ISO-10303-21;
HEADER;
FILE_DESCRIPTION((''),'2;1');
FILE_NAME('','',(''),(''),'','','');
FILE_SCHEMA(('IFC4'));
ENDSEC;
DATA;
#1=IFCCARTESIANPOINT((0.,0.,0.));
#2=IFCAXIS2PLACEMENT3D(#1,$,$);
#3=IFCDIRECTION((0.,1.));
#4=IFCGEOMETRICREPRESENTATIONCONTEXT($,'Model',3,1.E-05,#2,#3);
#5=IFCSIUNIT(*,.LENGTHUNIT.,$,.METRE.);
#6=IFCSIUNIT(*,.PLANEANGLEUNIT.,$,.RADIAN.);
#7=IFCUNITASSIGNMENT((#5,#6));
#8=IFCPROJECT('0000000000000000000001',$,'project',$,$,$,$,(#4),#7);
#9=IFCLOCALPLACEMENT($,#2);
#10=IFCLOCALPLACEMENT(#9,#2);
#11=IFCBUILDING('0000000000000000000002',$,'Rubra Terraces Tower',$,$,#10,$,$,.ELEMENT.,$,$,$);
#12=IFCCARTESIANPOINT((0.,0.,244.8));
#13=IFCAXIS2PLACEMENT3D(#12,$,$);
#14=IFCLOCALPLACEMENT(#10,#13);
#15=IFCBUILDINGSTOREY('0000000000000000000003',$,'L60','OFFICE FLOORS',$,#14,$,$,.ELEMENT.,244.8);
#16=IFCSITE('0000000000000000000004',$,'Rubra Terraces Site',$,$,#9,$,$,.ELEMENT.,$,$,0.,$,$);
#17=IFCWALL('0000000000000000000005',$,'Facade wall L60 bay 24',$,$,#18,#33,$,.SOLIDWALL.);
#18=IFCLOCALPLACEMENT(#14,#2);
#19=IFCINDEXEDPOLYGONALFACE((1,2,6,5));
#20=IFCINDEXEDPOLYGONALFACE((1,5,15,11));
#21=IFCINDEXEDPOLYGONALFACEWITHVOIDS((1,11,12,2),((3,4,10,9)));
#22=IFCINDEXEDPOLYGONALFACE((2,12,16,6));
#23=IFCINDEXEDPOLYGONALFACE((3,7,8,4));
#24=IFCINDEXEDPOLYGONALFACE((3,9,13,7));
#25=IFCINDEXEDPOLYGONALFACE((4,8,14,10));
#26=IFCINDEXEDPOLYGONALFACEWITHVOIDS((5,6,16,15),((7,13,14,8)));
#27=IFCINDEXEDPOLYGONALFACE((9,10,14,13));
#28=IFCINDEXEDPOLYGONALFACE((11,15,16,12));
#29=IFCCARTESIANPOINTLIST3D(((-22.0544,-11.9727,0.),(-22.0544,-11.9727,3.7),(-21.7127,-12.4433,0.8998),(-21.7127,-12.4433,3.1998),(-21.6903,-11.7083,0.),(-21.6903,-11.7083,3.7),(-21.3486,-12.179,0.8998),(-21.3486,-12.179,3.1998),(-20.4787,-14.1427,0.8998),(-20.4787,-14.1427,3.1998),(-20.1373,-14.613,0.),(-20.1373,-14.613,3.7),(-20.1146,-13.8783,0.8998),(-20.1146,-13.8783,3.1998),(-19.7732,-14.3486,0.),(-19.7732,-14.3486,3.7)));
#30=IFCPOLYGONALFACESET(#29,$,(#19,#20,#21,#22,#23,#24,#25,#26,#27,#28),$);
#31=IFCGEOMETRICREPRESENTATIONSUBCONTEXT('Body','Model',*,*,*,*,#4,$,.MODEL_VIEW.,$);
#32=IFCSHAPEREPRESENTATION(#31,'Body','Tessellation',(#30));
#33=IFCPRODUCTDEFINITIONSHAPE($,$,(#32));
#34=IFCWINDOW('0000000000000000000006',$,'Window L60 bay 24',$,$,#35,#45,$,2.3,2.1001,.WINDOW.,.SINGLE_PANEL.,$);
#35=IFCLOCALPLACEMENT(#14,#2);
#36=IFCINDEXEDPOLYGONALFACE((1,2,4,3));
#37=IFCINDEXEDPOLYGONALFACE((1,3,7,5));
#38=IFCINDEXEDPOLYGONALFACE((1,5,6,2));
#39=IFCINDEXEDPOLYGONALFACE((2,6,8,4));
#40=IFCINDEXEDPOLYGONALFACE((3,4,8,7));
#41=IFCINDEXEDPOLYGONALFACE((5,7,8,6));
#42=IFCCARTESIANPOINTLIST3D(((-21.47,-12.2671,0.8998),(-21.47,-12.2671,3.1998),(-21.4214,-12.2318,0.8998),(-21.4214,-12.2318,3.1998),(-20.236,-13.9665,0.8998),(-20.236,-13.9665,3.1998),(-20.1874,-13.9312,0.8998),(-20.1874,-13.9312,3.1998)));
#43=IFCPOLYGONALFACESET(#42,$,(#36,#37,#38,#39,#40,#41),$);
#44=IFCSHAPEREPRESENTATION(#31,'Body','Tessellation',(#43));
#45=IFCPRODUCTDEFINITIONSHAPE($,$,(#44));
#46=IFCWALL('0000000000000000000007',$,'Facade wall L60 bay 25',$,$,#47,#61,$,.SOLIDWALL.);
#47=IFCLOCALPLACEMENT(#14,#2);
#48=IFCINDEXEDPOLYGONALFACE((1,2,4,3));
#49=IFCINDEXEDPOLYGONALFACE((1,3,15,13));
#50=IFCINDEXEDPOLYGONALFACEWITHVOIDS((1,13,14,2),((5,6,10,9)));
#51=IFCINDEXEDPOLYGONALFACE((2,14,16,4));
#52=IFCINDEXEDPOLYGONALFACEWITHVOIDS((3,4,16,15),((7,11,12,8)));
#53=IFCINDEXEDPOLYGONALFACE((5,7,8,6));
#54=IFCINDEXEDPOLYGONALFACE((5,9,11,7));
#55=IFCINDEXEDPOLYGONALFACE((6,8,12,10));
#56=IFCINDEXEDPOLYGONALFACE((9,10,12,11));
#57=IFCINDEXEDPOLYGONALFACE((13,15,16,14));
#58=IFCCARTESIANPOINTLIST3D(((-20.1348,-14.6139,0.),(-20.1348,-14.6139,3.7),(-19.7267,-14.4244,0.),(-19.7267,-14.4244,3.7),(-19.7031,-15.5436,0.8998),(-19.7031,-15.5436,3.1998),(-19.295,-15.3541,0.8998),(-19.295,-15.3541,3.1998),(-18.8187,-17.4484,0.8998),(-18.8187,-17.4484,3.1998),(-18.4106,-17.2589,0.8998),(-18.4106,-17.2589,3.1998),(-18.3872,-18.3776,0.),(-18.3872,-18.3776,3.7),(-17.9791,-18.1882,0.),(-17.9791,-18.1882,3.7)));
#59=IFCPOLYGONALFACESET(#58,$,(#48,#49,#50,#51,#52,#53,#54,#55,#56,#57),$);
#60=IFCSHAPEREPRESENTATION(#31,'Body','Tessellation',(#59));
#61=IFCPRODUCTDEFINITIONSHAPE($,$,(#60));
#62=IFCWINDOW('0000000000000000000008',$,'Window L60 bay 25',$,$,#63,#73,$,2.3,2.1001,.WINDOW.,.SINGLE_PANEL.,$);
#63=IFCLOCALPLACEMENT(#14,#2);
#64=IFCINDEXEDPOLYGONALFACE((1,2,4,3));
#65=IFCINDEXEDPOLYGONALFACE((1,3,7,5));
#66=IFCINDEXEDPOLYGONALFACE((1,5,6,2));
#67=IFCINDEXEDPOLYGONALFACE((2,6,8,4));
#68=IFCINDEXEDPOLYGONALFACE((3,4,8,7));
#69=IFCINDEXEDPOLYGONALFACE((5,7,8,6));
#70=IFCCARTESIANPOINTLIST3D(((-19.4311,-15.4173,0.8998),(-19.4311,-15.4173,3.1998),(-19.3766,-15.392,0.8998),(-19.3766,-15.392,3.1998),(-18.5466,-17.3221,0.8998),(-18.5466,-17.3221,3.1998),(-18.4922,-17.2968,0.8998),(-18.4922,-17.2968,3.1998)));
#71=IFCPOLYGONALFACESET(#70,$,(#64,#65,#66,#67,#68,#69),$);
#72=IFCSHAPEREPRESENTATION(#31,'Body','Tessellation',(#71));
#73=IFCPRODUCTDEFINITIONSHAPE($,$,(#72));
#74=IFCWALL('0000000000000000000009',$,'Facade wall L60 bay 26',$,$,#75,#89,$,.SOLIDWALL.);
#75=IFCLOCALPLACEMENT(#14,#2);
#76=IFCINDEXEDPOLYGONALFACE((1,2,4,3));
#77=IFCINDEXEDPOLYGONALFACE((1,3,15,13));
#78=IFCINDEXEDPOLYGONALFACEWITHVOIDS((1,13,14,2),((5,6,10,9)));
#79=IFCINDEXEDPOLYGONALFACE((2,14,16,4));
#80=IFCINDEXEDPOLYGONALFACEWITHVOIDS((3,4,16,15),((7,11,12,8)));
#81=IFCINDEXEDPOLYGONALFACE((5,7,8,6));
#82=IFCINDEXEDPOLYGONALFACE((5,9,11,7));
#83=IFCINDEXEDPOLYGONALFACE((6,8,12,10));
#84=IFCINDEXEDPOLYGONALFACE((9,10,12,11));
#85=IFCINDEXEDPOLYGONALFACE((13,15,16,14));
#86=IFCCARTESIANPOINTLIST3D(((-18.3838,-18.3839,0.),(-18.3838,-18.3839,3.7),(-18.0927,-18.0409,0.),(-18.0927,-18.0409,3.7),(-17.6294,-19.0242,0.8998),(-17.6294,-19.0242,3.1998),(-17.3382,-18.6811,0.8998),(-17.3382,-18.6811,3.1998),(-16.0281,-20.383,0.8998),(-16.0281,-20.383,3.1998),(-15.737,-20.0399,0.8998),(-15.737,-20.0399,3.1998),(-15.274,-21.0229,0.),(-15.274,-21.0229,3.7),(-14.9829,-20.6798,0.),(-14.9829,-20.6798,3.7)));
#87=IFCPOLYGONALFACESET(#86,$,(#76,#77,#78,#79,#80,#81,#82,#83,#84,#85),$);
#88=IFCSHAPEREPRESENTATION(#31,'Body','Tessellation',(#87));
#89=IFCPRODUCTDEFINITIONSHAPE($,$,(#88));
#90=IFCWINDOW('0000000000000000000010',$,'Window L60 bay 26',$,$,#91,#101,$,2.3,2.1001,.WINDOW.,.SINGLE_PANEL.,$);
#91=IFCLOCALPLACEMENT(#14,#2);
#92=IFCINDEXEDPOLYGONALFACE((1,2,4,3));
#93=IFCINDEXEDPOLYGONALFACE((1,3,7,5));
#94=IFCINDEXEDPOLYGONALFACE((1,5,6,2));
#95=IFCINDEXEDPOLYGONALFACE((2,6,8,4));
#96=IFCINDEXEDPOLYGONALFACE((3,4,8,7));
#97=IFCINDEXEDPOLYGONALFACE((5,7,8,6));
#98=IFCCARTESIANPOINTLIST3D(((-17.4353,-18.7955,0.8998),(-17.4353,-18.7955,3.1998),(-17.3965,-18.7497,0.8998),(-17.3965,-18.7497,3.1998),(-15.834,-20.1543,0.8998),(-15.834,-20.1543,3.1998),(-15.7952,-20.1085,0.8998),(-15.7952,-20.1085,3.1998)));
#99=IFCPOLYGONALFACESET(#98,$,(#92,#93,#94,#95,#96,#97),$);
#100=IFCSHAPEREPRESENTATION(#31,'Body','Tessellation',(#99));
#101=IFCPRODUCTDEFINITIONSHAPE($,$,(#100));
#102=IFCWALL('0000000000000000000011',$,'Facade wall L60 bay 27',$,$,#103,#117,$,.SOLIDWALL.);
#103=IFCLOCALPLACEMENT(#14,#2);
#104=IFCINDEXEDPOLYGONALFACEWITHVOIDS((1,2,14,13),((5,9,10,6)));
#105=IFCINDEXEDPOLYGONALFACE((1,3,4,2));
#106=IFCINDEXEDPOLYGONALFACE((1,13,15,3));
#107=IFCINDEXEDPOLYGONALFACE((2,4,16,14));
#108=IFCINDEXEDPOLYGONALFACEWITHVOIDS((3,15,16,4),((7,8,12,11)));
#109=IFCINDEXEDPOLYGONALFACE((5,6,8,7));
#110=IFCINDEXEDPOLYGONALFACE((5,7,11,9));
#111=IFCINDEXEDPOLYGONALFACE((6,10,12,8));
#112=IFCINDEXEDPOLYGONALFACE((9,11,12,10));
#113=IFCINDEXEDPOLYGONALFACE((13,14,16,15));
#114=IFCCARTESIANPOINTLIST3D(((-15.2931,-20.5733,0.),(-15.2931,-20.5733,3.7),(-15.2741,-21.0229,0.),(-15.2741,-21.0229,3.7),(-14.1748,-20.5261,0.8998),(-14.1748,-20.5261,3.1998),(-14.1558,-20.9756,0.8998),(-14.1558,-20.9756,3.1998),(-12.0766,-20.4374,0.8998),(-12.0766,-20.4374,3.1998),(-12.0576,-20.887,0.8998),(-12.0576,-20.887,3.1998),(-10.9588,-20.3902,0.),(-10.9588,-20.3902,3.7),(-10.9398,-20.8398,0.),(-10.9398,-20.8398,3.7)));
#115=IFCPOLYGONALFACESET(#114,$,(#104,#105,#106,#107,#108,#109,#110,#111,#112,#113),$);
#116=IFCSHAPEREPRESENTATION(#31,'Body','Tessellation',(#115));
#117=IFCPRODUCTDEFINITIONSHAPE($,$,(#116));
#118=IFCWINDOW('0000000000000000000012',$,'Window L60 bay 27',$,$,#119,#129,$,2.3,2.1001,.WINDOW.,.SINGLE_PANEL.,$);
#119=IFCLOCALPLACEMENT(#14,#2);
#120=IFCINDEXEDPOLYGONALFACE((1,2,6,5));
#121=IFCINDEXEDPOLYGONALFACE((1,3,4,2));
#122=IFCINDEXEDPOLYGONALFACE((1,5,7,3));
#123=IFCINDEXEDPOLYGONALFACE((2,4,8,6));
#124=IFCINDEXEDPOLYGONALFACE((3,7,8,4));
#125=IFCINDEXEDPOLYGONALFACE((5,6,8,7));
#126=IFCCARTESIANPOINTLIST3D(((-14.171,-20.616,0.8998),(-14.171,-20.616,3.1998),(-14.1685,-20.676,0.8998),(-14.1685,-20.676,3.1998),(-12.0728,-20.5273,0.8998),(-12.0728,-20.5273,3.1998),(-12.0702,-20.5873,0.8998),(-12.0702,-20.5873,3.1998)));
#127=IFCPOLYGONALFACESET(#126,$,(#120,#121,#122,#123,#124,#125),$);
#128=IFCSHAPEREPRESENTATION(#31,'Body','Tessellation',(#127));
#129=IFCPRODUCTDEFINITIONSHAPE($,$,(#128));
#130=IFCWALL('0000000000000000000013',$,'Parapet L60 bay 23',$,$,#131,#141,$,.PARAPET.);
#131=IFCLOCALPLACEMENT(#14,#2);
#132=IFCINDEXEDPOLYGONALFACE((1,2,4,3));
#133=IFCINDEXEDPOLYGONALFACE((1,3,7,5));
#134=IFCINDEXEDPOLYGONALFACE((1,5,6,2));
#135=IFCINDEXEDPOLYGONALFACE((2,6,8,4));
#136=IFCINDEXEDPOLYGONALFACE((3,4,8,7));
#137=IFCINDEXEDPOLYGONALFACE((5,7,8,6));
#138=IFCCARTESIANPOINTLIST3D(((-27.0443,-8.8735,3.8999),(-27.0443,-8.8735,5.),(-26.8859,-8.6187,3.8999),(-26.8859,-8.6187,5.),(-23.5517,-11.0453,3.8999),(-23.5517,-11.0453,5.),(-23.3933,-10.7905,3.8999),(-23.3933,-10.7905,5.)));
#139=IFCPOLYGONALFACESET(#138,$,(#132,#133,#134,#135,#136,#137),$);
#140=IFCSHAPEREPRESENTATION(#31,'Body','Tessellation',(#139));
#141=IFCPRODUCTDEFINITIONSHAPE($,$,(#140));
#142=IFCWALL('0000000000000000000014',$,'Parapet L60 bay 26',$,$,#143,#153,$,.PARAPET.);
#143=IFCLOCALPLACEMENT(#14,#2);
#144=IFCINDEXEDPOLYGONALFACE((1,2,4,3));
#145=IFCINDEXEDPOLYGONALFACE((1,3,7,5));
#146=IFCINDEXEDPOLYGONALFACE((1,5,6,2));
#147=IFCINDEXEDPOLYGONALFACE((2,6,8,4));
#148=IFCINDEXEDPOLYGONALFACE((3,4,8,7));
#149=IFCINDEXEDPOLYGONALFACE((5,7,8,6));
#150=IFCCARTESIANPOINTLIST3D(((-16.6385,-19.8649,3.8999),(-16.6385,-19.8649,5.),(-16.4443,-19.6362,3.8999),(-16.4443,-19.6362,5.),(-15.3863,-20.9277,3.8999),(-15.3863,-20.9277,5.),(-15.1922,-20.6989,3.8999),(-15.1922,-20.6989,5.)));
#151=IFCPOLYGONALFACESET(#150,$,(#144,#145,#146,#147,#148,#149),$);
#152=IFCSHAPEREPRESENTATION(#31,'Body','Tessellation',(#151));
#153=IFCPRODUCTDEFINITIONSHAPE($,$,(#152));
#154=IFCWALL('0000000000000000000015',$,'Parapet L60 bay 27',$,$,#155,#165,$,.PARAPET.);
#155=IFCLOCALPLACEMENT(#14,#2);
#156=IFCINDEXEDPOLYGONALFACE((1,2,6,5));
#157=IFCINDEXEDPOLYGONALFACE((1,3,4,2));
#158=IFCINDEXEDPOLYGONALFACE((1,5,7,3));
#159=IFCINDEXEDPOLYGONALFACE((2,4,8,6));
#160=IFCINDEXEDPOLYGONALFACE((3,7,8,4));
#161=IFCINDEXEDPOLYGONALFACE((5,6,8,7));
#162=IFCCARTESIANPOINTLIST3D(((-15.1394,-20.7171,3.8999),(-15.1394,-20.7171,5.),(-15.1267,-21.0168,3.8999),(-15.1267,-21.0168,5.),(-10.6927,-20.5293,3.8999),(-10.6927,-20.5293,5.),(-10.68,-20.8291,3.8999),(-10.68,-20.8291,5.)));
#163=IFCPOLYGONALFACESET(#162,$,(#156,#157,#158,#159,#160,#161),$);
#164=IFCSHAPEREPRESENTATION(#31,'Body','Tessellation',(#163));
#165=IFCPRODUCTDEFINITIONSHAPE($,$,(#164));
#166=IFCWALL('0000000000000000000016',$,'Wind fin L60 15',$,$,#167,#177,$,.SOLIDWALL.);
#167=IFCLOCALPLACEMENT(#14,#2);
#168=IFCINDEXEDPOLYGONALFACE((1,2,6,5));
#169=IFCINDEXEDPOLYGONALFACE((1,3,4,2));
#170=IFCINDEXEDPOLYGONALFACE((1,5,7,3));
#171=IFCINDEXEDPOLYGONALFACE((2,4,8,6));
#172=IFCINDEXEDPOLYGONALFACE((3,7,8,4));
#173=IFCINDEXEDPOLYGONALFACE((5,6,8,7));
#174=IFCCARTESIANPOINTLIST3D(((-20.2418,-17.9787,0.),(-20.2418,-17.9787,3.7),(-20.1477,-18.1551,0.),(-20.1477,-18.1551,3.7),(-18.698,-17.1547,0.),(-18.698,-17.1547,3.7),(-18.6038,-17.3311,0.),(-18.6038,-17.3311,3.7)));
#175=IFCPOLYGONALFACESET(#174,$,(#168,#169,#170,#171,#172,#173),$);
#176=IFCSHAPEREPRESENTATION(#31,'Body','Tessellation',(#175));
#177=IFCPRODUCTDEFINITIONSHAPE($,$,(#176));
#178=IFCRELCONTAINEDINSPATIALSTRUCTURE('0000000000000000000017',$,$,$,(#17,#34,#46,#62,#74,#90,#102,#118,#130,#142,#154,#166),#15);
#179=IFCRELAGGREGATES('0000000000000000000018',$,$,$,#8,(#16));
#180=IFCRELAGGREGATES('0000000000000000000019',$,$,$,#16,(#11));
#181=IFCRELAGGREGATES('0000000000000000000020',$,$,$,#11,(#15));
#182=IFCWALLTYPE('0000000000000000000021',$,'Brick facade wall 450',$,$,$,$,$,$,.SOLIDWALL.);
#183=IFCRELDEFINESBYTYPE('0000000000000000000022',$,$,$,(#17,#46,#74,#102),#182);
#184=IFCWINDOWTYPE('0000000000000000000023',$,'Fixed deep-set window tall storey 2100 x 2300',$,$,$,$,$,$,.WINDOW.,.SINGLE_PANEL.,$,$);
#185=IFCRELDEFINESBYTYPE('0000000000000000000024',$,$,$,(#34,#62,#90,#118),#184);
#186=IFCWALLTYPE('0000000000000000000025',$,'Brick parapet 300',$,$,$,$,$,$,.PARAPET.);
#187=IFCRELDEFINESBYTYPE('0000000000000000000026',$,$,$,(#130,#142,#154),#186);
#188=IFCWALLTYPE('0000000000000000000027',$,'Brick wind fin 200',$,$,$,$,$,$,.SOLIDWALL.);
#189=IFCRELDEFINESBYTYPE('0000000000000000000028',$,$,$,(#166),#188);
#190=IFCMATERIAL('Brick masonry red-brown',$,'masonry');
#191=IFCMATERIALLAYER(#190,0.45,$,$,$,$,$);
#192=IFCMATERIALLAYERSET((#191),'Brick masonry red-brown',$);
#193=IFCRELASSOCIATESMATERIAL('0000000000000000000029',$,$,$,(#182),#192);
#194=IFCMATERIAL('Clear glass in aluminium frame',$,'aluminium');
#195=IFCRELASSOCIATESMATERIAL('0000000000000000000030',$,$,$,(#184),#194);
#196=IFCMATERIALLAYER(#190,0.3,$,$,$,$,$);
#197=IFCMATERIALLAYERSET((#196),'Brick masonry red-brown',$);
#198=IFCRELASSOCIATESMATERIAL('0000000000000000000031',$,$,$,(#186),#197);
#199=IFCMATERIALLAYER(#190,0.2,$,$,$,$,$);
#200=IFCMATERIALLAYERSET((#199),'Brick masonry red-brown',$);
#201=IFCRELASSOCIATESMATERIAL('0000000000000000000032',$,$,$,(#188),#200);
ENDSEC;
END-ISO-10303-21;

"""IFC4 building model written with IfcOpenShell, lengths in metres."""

from ifc_helpers import new_model, si_unit, direction, frame, frame_2d, origin, place, context, subcontext, project, spatial, rectangle, extrude, material, layer, layer_set, type_object, element, fill, save


model = new_model("IFC4")

# Units and contexts
model_context = context("Model", 3, precision=1e-05, world=origin(), true_north=direction((0.0, 1.0)))
body_context = subcontext(model_context, "Body", "Model", "MODEL_VIEW")
ifc_project = project(units=[si_unit("LENGTHUNIT", "METRE"), si_unit("PLANEANGLEUNIT", "RADIAN")], contexts=[model_context])

# Site, building, storey
site_placement = place(None, origin())
site = spatial("IfcSite", under=ifc_project, at=site_placement, Name="Rubra Terraces Site", CompositionType="ELEMENT", RefElevation=0.0)
building_placement = place(site_placement, origin())
building = spatial("IfcBuilding", under=site, at=building_placement, Name="Rubra Terraces Tower", CompositionType="ELEMENT")
storey_placement = place(building_placement, frame((0.0, 0.0, 244.8)))
storey = spatial("IfcBuildingStorey", under=building, at=storey_placement, Name="L60", Description="OFFICE FLOORS", CompositionType="ELEMENT", Elevation=244.8)

# Walls, openings, windows
ifc_material_1 = material(Name="Brick masonry red-brown", Category="masonry")
ifc_layer_1 = layer(ifc_material_1, 0.45)
ifc_layer_set_1 = layer_set([ifc_layer_1], Name="Brick masonry red-brown")
wall_type_1 = type_object("IfcWallType", Name="Brick facade wall 450", PredefinedType="SOLIDWALL", material=ifc_layer_set_1)
wall_1_placement = place(storey_placement, frame((-21.8723, -11.8406, 0.0), z_axis=(0.0, 0.0, 1.0), x_axis=(0.587562, -0.809179, 0.0)))
wall_1 = element("IfcWall", 1, at=wall_1_placement, inside=storey, type_object=wall_type_1, Name="Facade wall L60 bay 24", PredefinedType="SOLIDWALL", context=body_context, shape_type="SweptSolid", body=[
    extrude(rectangle(XDim=3.2629, YDim=0.45, at=frame_2d((1.6313, 0.0))), origin(), (0.0, 0.0, 1.0), 3.7),
])
opening_1_placement = place(wall_1_placement, frame((0.5815, 0.0, 0.8999)))
opening_1 = element("IfcOpeningElement", 2, at=opening_1_placement, cuts=wall_1, PredefinedType="OPENING", context=body_context, shape_type="SweptSolid", body=[
    extrude(rectangle(XDim=2.1001, YDim=2.3, at=frame_2d((1.05, 1.1499))), frame((0.0, 0.2349, 0.0), z_axis=(0.0, -1.0, 0.0), x_axis=(1.0, 0.0, 0.0)), (0.0, 0.0, 1.0), 0.47),
])
ifc_material_2 = material(Name="Clear glass in aluminium frame", Category="aluminium")
window_type = type_object("IfcWindowType", Name="Fixed deep-set window tall storey 2100 x 2300", PartitioningType="SINGLE_PANEL", PredefinedType="WINDOW", material=ifc_material_2)
window_1_placement = place(opening_1_placement, origin())
window_1 = element("IfcWindow", 3, at=window_1_placement, inside=storey, type_object=window_type, Name="Window L60 bay 24", OverallHeight=2.3, OverallWidth=2.1001, PartitioningType="SINGLE_PANEL", PredefinedType="WINDOW", context=body_context, shape_type="SweptSolid", body=[
    extrude(rectangle(XDim=2.1001, YDim=2.3, at=frame_2d((1.05, 1.1499))), frame((0.0, 0.135, 0.0), z_axis=(0.0, -1.0, 0.0), x_axis=(1.0, 0.0, 0.0)), (0.0, 0.0, 1.0), 0.0601),
])
fill(opening_1, window_1)
wall_2_placement = place(storey_placement, frame((-19.9307, -14.5193, 0.0), z_axis=(0.0, 0.0, 1.0), x_axis=(0.421139, -0.906996, 0.0)))
wall_2 = element("IfcWall", 4, at=wall_2_placement, inside=storey, type_object=wall_type_1, Name="Facade wall L60 bay 25", PredefinedType="SOLIDWALL", context=body_context, shape_type="SweptSolid", body=[
    extrude(rectangle(XDim=4.1497, YDim=0.45, at=frame_2d((2.0747, 0.0))), origin(), (0.0, 0.0, 1.0), 3.7),
])
opening_2_placement = place(wall_2_placement, frame((1.0249, 0.0, 0.8999)))
opening_2 = element("IfcOpeningElement", 5, at=opening_2_placement, cuts=wall_2, PredefinedType="OPENING", context=body_context, shape_type="SweptSolid", body=[
    extrude(rectangle(XDim=2.1001, YDim=2.3, at=frame_2d((1.05, 1.1499))), frame((0.0, 0.2349, 0.0), z_axis=(0.0, -1.0, 0.0), x_axis=(1.0, 0.0, 0.0)), (0.0, 0.0, 1.0), 0.47),
])
window_2_placement = place(opening_2_placement, origin())
window_2 = element("IfcWindow", 6, at=window_2_placement, inside=storey, type_object=window_type, Name="Window L60 bay 25", OverallHeight=2.3, OverallWidth=2.1001, PartitioningType="SINGLE_PANEL", PredefinedType="WINDOW", context=body_context, shape_type="SweptSolid", body=[
    extrude(rectangle(XDim=2.1001, YDim=2.3, at=frame_2d((1.05, 1.1499))), frame((0.0, 0.135, 0.0), z_axis=(0.0, -1.0, 0.0), x_axis=(1.0, 0.0, 0.0)), (0.0, 0.0, 1.0), 0.0601),
])
fill(opening_2, window_2)
wall_3_placement = place(storey_placement, frame((-18.2383, -18.2124, 0.0), z_axis=(0.0, 0.0, 1.0), x_axis=(0.76248, -0.647012, 0.0)))
wall_3 = element("IfcWall", 7, at=wall_3_placement, inside=storey, type_object=wall_type_1, Name="Facade wall L60 bay 26", PredefinedType="SOLIDWALL", context=body_context, shape_type="SweptSolid", body=[
    extrude(rectangle(XDim=4.0786, YDim=0.45, at=frame_2d((2.0393, 0.0))), origin(), (0.0, 0.0, 1.0), 3.7),
])
opening_3_placement = place(wall_3_placement, frame((0.9895, 0.0, 0.8999)))
opening_3 = element("IfcOpeningElement", 8, at=opening_3_placement, cuts=wall_3, PredefinedType="OPENING", context=body_context, shape_type="SweptSolid", body=[
    extrude(rectangle(XDim=2.1001, YDim=2.3, at=frame_2d((1.05, 1.1499))), frame((0.0, 0.2349, 0.0), z_axis=(0.0, -1.0, 0.0), x_axis=(1.0, 0.0, 0.0)), (0.0, 0.0, 1.0), 0.47),
])
window_3_placement = place(opening_3_placement, origin())
window_3 = element("IfcWindow", 9, at=window_3_placement, inside=storey, type_object=window_type, Name="Window L60 bay 26", OverallHeight=2.3, OverallWidth=2.1001, PartitioningType="SINGLE_PANEL", PredefinedType="WINDOW", context=body_context, shape_type="SweptSolid", body=[
    extrude(rectangle(XDim=2.1001, YDim=2.3, at=frame_2d((1.05, 1.1499))), frame((0.0, 0.135, 0.0), z_axis=(0.0, -1.0, 0.0), x_axis=(1.0, 0.0, 0.0)), (0.0, 0.0, 1.0), 0.0601),
])
fill(opening_3, window_3)
wall_4_placement = place(storey_placement, frame((-15.2834, -20.7981, 0.0), z_axis=(0.0, 0.0, 1.0), x_axis=(0.999109, 0.042209, 0.0)))
wall_4 = element("IfcWall", 10, at=wall_4_placement, inside=storey, type_object=wall_type_1, Name="Facade wall L60 bay 27", PredefinedType="SOLIDWALL", context=body_context, shape_type="SweptSolid", body=[
    extrude(rectangle(XDim=4.3381, YDim=0.45, at=frame_2d((2.1689, 0.0))), origin(), (0.0, 0.0, 1.0), 3.7),
])
opening_4_placement = place(wall_4_placement, frame((1.1191, 0.0, 0.8999)))
opening_4 = element("IfcOpeningElement", 11, at=opening_4_placement, cuts=wall_4, PredefinedType="OPENING", context=body_context, shape_type="SweptSolid", body=[
    extrude(rectangle(XDim=2.1001, YDim=2.3, at=frame_2d((1.05, 1.1499))), frame((0.0, 0.2349, 0.0), z_axis=(0.0, -1.0, 0.0), x_axis=(1.0, 0.0, 0.0)), (0.0, 0.0, 1.0), 0.47),
])
window_4_placement = place(opening_4_placement, origin())
window_4 = element("IfcWindow", 12, at=window_4_placement, inside=storey, type_object=window_type, Name="Window L60 bay 27", OverallHeight=2.3, OverallWidth=2.1001, PartitioningType="SINGLE_PANEL", PredefinedType="WINDOW", context=body_context, shape_type="SweptSolid", body=[
    extrude(rectangle(XDim=2.1001, YDim=2.3, at=frame_2d((1.05, 1.1499))), frame((0.0, 0.135, 0.0), z_axis=(0.0, -1.0, 0.0), x_axis=(1.0, 0.0, 0.0)), (0.0, 0.0, 1.0), 0.0601),
])
fill(opening_4, window_4)

# Walls
ifc_layer_2 = layer(ifc_material_1, 0.3)
ifc_layer_set_2 = layer_set([ifc_layer_2], Name="Brick masonry red-brown")
wall_type_2 = type_object("IfcWallType", Name="Brick parapet 300", PredefinedType="PARAPET", material=ifc_layer_set_2)
wall_5_placement = place(storey_placement, frame((-26.9651, -8.7461, 3.8999), z_axis=(0.0, 0.0, 1.0), x_axis=(0.849203, -0.528066, 0.0)))
element("IfcWall", 13, at=wall_5_placement, inside=storey, type_object=wall_type_2, Name="Parapet L60 bay 23", PredefinedType="PARAPET", context=body_context, shape_type="SweptSolid", body=[
    extrude(rectangle(XDim=4.1128, YDim=0.3, at=frame_2d((2.0564, 0.0))), origin(), (0.0, 0.0, 1.0), 1.1001),
])
wall_6_placement = place(storey_placement, frame((-16.5415, -19.7505, 3.8999), z_axis=(0.0, 0.0, 1.0), x_axis=(0.762427, -0.647074, 0.0)))
element("IfcWall", 14, at=wall_6_placement, inside=storey, type_object=wall_type_2, Name="Parapet L60 bay 26", PredefinedType="PARAPET", context=body_context, shape_type="SweptSolid", body=[
    extrude(rectangle(XDim=1.6423, YDim=0.3, at=frame_2d((0.8213, 0.0))), origin(), (0.0, 0.0, 1.0), 1.1001),
])
wall_7_placement = place(storey_placement, frame((-15.1331, -20.8669, 3.8999), z_axis=(0.0, 0.0, 1.0), x_axis=(0.99911, 0.042183, 0.0)))
element("IfcWall", 15, at=wall_7_placement, inside=storey, type_object=wall_type_2, Name="Parapet L60 bay 27", PredefinedType="PARAPET", context=body_context, shape_type="SweptSolid", body=[
    extrude(rectangle(XDim=4.4507, YDim=0.3, at=frame_2d((2.2253, 0.0))), origin(), (0.0, 0.0, 1.0), 1.1001),
])
ifc_layer_3 = layer(ifc_material_1, 0.2)
ifc_layer_set_3 = layer_set([ifc_layer_3], Name="Brick masonry red-brown")
wall_type_3 = type_object("IfcWallType", Name="Brick wind fin 200", PredefinedType="SOLIDWALL", material=ifc_layer_set_3)
wall_8_placement = place(storey_placement, frame((-18.6509, -17.2429, 0.0), z_axis=(0.0, 0.0, 1.0), x_axis=(-0.882225, -0.470827, 0.0)))
element("IfcWall", 16, at=wall_8_placement, inside=storey, type_object=wall_type_3, Name="Wind fin L60 15", PredefinedType="SOLIDWALL", context=body_context, shape_type="SweptSolid", body=[
    extrude(rectangle(XDim=1.75, YDim=0.2, at=frame_2d((0.875, 0.0))), origin(), (0.0, 0.0, 1.0), 3.7),
])

save(model, "model.ifc")
